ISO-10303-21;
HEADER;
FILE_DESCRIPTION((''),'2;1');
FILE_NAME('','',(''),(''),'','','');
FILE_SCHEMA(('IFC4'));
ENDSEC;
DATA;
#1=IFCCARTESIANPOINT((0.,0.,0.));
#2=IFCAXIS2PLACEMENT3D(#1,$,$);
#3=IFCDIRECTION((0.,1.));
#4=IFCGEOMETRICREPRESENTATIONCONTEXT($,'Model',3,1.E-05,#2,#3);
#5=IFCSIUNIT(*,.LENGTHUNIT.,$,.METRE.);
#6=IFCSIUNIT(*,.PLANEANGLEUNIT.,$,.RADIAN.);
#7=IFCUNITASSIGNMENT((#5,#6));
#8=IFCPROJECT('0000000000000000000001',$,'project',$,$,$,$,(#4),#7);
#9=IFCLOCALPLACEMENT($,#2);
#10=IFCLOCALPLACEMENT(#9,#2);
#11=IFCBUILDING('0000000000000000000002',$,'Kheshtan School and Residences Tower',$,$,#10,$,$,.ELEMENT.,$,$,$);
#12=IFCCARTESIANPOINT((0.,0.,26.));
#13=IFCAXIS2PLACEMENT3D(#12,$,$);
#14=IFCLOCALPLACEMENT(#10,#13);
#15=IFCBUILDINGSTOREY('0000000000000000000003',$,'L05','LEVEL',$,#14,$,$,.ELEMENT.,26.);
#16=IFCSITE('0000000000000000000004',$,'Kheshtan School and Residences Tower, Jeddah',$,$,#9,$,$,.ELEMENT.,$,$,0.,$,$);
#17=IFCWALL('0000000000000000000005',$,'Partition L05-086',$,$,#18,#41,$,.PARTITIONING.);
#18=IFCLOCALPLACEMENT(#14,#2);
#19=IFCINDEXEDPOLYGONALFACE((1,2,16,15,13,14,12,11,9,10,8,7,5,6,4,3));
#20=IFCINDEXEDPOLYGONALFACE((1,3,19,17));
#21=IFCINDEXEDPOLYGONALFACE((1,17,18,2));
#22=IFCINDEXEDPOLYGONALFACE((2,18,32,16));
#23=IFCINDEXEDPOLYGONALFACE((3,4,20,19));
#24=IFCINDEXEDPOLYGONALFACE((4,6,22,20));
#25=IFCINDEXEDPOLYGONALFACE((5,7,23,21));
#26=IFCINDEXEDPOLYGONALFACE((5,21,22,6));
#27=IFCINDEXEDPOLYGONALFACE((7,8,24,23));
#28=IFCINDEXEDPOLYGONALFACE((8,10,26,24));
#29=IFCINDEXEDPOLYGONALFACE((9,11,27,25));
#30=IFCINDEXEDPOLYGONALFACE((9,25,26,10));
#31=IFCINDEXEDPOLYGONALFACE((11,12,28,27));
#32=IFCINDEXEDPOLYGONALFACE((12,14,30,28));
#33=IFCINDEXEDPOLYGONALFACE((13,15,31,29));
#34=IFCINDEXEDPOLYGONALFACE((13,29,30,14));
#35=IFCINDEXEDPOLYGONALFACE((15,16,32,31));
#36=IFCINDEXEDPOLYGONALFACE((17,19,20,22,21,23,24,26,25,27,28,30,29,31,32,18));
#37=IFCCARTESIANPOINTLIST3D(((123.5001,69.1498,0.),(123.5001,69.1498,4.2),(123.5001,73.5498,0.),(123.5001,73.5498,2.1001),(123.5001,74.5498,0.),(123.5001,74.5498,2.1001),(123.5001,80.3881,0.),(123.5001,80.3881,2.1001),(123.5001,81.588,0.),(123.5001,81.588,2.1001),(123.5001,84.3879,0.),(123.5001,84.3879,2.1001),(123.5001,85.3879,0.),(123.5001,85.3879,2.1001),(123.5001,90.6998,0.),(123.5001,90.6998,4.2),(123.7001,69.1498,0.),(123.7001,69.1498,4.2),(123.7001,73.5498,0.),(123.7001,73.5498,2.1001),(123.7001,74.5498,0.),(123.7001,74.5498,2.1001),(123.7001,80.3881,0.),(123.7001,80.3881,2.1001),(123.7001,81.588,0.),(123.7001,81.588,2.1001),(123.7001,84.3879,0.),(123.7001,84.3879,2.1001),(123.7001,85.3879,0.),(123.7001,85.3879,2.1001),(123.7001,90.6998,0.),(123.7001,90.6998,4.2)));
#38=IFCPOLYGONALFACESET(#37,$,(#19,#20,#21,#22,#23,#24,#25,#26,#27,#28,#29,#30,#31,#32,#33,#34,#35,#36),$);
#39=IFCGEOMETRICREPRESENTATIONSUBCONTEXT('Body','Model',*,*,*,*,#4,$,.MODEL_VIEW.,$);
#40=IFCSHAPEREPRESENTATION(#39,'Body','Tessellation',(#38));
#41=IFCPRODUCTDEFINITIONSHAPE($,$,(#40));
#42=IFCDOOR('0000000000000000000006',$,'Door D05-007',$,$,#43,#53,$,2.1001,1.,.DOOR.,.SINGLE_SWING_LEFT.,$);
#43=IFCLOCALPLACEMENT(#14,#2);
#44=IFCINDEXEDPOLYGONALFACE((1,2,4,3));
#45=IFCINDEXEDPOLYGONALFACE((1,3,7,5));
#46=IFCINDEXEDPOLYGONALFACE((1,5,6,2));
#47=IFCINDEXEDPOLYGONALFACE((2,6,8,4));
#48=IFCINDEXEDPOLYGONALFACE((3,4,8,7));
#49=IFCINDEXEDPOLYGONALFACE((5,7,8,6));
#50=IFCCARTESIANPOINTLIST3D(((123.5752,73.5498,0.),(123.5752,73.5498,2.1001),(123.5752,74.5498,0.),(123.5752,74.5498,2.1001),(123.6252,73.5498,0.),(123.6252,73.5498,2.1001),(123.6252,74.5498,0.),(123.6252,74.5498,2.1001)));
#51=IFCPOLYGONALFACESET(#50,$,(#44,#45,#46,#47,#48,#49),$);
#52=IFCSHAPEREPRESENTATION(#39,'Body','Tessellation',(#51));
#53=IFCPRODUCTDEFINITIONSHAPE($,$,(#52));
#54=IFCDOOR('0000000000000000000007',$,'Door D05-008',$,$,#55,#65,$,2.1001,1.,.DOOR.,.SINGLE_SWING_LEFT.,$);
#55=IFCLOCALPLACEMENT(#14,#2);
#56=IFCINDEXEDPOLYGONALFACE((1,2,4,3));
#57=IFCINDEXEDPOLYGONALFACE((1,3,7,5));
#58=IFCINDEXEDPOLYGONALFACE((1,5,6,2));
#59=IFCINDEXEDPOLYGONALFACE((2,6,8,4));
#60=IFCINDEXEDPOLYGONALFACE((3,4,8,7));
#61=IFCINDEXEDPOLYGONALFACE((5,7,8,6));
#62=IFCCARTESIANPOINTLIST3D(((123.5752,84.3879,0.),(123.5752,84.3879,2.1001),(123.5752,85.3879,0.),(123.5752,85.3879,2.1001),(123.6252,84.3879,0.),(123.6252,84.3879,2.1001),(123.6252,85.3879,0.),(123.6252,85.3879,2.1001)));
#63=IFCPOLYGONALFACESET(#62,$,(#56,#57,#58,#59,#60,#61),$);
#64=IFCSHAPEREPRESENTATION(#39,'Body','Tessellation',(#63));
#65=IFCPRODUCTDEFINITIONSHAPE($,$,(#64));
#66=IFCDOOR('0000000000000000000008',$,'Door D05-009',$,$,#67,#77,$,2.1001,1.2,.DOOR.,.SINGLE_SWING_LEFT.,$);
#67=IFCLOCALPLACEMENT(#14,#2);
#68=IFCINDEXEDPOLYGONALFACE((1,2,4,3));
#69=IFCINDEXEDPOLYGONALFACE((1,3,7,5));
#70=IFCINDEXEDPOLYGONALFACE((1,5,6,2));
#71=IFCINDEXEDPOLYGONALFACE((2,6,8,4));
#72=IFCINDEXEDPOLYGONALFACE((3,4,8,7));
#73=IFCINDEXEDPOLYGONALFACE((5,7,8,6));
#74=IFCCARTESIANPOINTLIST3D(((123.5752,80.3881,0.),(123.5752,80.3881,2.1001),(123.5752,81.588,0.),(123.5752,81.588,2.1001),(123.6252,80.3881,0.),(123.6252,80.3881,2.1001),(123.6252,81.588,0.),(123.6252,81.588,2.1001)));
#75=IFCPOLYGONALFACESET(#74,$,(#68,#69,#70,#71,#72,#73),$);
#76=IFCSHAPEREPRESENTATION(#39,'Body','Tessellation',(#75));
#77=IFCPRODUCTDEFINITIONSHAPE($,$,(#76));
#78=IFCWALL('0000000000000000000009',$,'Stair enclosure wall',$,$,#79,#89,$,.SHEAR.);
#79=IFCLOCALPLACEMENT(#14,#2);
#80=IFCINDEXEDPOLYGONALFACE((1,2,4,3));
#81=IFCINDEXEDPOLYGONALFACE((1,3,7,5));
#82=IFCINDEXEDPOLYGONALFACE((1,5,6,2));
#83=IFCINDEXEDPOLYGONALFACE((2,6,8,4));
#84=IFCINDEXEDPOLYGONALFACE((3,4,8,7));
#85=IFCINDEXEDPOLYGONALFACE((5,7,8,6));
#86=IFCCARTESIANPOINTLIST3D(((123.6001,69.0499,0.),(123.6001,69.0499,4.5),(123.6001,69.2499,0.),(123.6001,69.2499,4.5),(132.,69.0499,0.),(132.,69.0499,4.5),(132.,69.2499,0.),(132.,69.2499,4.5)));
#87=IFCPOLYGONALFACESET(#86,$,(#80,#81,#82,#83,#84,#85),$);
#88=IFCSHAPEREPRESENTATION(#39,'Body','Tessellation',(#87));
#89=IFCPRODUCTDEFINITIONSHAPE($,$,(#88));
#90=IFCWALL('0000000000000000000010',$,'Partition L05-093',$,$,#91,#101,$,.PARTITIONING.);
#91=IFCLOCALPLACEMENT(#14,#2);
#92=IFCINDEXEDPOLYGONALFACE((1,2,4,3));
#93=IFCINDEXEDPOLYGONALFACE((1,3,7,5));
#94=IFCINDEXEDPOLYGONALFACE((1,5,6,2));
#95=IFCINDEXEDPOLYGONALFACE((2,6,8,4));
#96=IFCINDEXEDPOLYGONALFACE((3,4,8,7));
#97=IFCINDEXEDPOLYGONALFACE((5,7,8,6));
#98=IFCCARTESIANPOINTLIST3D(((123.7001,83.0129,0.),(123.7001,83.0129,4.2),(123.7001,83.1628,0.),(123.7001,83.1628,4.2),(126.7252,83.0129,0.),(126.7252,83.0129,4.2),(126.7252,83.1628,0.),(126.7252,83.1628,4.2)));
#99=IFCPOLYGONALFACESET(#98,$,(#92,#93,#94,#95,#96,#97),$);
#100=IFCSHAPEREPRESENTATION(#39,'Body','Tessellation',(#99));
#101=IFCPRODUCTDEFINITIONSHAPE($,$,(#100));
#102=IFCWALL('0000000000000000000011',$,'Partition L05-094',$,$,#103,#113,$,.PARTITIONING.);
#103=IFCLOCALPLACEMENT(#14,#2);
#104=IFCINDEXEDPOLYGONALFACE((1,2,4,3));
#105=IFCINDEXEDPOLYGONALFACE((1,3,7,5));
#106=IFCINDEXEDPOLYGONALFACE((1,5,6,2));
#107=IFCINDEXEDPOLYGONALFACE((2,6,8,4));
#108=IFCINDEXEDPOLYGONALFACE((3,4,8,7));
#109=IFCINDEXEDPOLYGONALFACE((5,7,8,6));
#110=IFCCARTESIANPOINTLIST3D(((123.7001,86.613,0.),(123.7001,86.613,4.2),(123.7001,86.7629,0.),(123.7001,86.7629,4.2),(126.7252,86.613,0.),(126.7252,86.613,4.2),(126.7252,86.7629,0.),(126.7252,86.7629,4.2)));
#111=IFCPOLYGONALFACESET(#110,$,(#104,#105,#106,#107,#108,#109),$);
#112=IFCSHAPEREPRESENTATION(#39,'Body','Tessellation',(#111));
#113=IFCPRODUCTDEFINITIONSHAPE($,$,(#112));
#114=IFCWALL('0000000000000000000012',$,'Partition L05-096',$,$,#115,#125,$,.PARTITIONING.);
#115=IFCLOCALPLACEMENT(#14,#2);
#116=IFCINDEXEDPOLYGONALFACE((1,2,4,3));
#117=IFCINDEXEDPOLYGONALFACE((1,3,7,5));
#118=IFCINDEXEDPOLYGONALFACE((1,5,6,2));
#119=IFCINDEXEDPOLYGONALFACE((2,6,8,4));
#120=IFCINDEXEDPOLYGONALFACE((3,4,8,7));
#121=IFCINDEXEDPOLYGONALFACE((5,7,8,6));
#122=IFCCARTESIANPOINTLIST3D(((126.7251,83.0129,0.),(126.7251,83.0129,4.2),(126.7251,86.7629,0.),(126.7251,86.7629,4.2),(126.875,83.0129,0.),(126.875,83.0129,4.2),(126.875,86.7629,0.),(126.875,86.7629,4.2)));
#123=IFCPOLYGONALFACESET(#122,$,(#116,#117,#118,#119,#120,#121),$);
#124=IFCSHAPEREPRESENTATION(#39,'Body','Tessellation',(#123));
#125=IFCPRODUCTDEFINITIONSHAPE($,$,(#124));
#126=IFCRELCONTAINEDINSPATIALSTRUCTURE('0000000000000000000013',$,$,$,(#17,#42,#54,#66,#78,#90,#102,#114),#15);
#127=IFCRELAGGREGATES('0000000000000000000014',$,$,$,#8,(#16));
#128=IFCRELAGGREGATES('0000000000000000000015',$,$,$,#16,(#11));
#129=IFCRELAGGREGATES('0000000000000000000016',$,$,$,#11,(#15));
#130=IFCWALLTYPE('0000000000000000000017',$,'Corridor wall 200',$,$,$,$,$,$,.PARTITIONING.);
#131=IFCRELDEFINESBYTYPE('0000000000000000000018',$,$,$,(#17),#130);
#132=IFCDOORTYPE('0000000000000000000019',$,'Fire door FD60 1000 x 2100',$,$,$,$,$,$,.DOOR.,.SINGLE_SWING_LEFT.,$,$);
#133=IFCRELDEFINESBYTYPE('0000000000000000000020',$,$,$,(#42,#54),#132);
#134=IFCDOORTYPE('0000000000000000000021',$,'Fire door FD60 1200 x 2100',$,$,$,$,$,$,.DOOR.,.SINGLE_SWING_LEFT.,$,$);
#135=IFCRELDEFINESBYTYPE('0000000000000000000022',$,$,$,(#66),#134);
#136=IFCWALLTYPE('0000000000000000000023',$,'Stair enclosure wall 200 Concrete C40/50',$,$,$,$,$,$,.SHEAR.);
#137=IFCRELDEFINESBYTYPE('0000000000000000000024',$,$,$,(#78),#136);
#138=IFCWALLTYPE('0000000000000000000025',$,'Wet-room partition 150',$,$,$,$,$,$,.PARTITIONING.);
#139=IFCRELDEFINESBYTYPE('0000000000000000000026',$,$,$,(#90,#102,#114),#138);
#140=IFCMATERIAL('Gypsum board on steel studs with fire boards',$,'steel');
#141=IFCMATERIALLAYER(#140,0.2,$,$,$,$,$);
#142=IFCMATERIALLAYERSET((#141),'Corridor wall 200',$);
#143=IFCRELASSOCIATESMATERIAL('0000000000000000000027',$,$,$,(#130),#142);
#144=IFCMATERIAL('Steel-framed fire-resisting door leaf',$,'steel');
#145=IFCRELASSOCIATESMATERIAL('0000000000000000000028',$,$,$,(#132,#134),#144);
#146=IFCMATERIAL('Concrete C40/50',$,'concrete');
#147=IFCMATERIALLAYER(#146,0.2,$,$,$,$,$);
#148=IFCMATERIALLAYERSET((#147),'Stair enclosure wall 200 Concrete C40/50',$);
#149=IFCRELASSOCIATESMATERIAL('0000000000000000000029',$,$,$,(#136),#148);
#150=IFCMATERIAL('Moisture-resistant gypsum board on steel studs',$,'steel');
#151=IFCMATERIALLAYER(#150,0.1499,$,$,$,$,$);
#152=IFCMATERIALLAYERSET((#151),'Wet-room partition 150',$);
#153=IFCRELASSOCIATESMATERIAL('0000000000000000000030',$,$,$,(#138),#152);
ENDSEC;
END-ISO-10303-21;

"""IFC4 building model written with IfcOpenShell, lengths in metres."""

from ifc_helpers import new_model, si_unit, direction, frame, frame_2d, origin, place, context, subcontext, project, spatial, rectangle, extrude, source, transform, mapped, material, layer, layer_set, type_object, element, fill, save


model = new_model("IFC4")

# Units and contexts
model_context = context("Model", 3, precision=1e-05, world=origin(), true_north=direction((0.0, 1.0)))
body_context = subcontext(model_context, "Body", "Model", "MODEL_VIEW")
ifc_project = project(units=[si_unit("LENGTHUNIT", "METRE"), si_unit("PLANEANGLEUNIT", "RADIAN")], contexts=[model_context])

# Site, building, storey
site_placement = place(None, origin())
site = spatial("IfcSite", under=ifc_project, at=site_placement, Name="Kheshtan School and Residences Tower, Jeddah", CompositionType="ELEMENT", RefElevation=0.0)
building_placement = place(site_placement, origin())
building = spatial("IfcBuilding", under=site, at=building_placement, Name="Kheshtan School and Residences Tower", CompositionType="ELEMENT")
storey_placement = place(building_placement, frame((0.0, 0.0, 26.0)))
storey = spatial("IfcBuildingStorey", under=building, at=storey_placement, Name="L05", Description="LEVEL", CompositionType="ELEMENT", Elevation=26.0)

# Wall, openings, doors
ifc_material_1 = material(Name="Gypsum board on steel studs with fire boards", Category="steel")
ifc_layer_1 = layer(ifc_material_1, 0.2)
ifc_layer_set_1 = layer_set([ifc_layer_1], Name="Corridor wall 200")
wall_type_1 = type_object("IfcWallType", Name="Corridor wall 200", PredefinedType="PARTITIONING", material=ifc_layer_set_1)
ifc_material_2 = material(Name="Steel-framed fire-resisting door leaf", Category="steel")
door_type_1 = type_object("IfcDoorType", Name="Fire door FD60 1000 x 2100", OperationType="SINGLE_SWING_LEFT", PredefinedType="DOOR", material=ifc_material_2)
shared_shape_1 = source(origin(), body_context, "Body", "SweptSolid", [
    extrude(rectangle(XDim=1.0, YDim=2.1001, at=frame_2d((0.5, 1.05))), frame((0.0, 0.0249, 0.0), z_axis=(0.0, -1.0, 0.0), x_axis=(1.0, 0.0, 0.0)), (0.0, 0.0, 1.0), 0.05),
])
wall_1_placement = place(storey_placement, frame((123.6001, 69.1499, 0.0), z_axis=(0.0, 0.0, 1.0), x_axis=(0.0, 1.0, 0.0)))
wall_1 = element("IfcWall", 1, at=wall_1_placement, inside=storey, type_object=wall_type_1, Name="Partition L05-086", PredefinedType="PARTITIONING", context=body_context, shape_type="SweptSolid", body=[
    extrude(rectangle(XDim=21.55, YDim=0.2, at=frame_2d((10.7749, 0.0))), origin(), (0.0, 0.0, 1.0), 4.2),
])
opening_1_placement = place(wall_1_placement, frame((4.3999, 0.0, 0.0)))
opening_1 = element("IfcOpeningElement", 2, at=opening_1_placement, cuts=wall_1, PredefinedType="OPENING", context=body_context, shape_type="SweptSolid", body=[
    extrude(rectangle(XDim=1.0, YDim=2.1001, at=frame_2d((0.5, 1.05))), frame((0.0, 0.1099, 0.0), z_axis=(0.0, -1.0, 0.0), x_axis=(1.0, 0.0, 0.0)), (0.0, 0.0, 1.0), 0.22),
])
opening_2_placement = place(wall_1_placement, frame((15.238, 0.0, 0.0)))
opening_2 = element("IfcOpeningElement", 3, at=opening_2_placement, cuts=wall_1, PredefinedType="OPENING", context=body_context, shape_type="SweptSolid", body=[
    extrude(rectangle(XDim=1.0, YDim=2.1001, at=frame_2d((0.5, 1.05))), frame((0.0, 0.1099, 0.0), z_axis=(0.0, -1.0, 0.0), x_axis=(1.0, 0.0, 0.0)), (0.0, 0.0, 1.0), 0.22),
])
opening_3_placement = place(wall_1_placement, frame((11.238, 0.0, 0.0)))
opening_3 = element("IfcOpeningElement", 4, at=opening_3_placement, cuts=wall_1, PredefinedType="OPENING", context=body_context, shape_type="SweptSolid", body=[
    extrude(rectangle(XDim=1.2, YDim=2.1001, at=frame_2d((0.6001, 1.05))), frame((0.0, 0.1099, 0.0), z_axis=(0.0, -1.0, 0.0), x_axis=(1.0, 0.0, 0.0)), (0.0, 0.0, 1.0), 0.22),
])
door_1_placement = place(opening_1_placement, origin())
door_1 = element("IfcDoor", 5, at=door_1_placement, inside=storey, type_object=door_type_1, Name="Door D05-007", OperationType="SINGLE_SWING_LEFT", OverallHeight=2.1001, OverallWidth=1.0, PredefinedType="DOOR", context=body_context, shape_type="MappedRepresentation", body=[
    mapped(shared_shape_1, transform((0.0, 0.0, 0.0), x_axis=(1.0, 0.0, 0.0), y_axis=(0.0, 1.0, 0.0), z_axis=(0.0, 0.0, 1.0), scale=1.0)),
])
fill(opening_1, door_1)
door_2_placement = place(opening_2_placement, origin())
door_2 = element("IfcDoor", 6, at=door_2_placement, inside=storey, type_object=door_type_1, Name="Door D05-008", OperationType="SINGLE_SWING_LEFT", OverallHeight=2.1001, OverallWidth=1.0, PredefinedType="DOOR", context=body_context, shape_type="MappedRepresentation", body=[
    mapped(shared_shape_1, transform((0.0, 0.0, 0.0), x_axis=(1.0, 0.0, 0.0), y_axis=(0.0, 1.0, 0.0), z_axis=(0.0, 0.0, 1.0), scale=1.0)),
])
fill(opening_2, door_2)
door_type_2 = type_object("IfcDoorType", Name="Fire door FD60 1200 x 2100", OperationType="SINGLE_SWING_LEFT", PredefinedType="DOOR", material=ifc_material_2)
shared_shape_2 = source(origin(), body_context, "Body", "SweptSolid", [
    extrude(rectangle(XDim=1.2, YDim=2.1001, at=frame_2d((0.6001, 1.05))), frame((0.0, 0.0249, 0.0), z_axis=(0.0, -1.0, 0.0), x_axis=(1.0, 0.0, 0.0)), (0.0, 0.0, 1.0), 0.05),
])
door_3_placement = place(opening_3_placement, origin())
door_3 = element("IfcDoor", 7, at=door_3_placement, inside=storey, type_object=door_type_2, Name="Door D05-009", OperationType="SINGLE_SWING_LEFT", OverallHeight=2.1001, OverallWidth=1.2, PredefinedType="DOOR", context=body_context, shape_type="MappedRepresentation", body=[
    mapped(shared_shape_2, transform((0.0, 0.0, 0.0), x_axis=(1.0, 0.0, 0.0), y_axis=(0.0, 1.0, 0.0), z_axis=(0.0, 0.0, 1.0), scale=1.0)),
])
fill(opening_3, door_3)

# Walls
ifc_material_3 = material(Name="Concrete C40/50", Category="concrete")
ifc_layer_2 = layer(ifc_material_3, 0.2)
ifc_layer_set_2 = layer_set([ifc_layer_2], Name="Stair enclosure wall 200 Concrete C40/50")
wall_type_2 = type_object("IfcWallType", Name="Stair enclosure wall 200 Concrete C40/50", PredefinedType="SHEAR", material=ifc_layer_set_2)
wall_2_placement = place(storey_placement, frame((123.6001, 69.1499, 0.0), z_axis=(0.0, 0.0, 1.0), x_axis=(1.0, 0.0, 0.0)))
element("IfcWall", 8, at=wall_2_placement, inside=storey, type_object=wall_type_2, Name="Stair enclosure wall", PredefinedType="SHEAR", context=body_context, shape_type="SweptSolid", body=[
    extrude(rectangle(XDim=8.3999, YDim=0.2, at=frame_2d((4.2, 0.0))), origin(), (0.0, 0.0, 1.0), 4.5),
])
ifc_material_4 = material(Name="Moisture-resistant gypsum board on steel studs", Category="steel")
ifc_layer_3 = layer(ifc_material_4, 0.1499)
ifc_layer_set_3 = layer_set([ifc_layer_3], Name="Wet-room partition 150")
wall_type_3 = type_object("IfcWallType", Name="Wet-room partition 150", PredefinedType="PARTITIONING", material=ifc_layer_set_3)
for number, where, z_axis, x_axis, name in (
    (9, (123.7, 83.0879, 0.0), (0.0, 0.0, 1.0), (1.0, 0.0, 0.0), "Partition L05-093"),
    (10, (123.7, 86.688, 0.0), (0.0, 0.0, 1.0), (1.0, 0.0, 0.0), "Partition L05-094"),
):
    element("IfcWall", number, at=place(storey_placement, frame(where, z_axis=z_axis, x_axis=x_axis)), inside=storey, type_object=wall_type_3, Name=name, PredefinedType="PARTITIONING", context=body_context, shape_type="SweptSolid", body=[
        extrude(rectangle(XDim=3.0251, YDim=0.1499, at=frame_2d((1.5127, 0.0))), origin(), (0.0, 0.0, 1.0), 4.2),
    ])
wall_3_placement = place(storey_placement, frame((126.8, 83.0129, 0.0), z_axis=(0.0, 0.0, 1.0), x_axis=(0.0, 1.0, 0.0)))
element("IfcWall", 11, at=wall_3_placement, inside=storey, type_object=wall_type_3, Name="Partition L05-096", PredefinedType="PARTITIONING", context=body_context, shape_type="SweptSolid", body=[
    extrude(rectangle(XDim=3.75, YDim=0.1499, at=frame_2d((1.875, 0.0))), origin(), (0.0, 0.0, 1.0), 4.2),
])

save(model, "model.ifc")
